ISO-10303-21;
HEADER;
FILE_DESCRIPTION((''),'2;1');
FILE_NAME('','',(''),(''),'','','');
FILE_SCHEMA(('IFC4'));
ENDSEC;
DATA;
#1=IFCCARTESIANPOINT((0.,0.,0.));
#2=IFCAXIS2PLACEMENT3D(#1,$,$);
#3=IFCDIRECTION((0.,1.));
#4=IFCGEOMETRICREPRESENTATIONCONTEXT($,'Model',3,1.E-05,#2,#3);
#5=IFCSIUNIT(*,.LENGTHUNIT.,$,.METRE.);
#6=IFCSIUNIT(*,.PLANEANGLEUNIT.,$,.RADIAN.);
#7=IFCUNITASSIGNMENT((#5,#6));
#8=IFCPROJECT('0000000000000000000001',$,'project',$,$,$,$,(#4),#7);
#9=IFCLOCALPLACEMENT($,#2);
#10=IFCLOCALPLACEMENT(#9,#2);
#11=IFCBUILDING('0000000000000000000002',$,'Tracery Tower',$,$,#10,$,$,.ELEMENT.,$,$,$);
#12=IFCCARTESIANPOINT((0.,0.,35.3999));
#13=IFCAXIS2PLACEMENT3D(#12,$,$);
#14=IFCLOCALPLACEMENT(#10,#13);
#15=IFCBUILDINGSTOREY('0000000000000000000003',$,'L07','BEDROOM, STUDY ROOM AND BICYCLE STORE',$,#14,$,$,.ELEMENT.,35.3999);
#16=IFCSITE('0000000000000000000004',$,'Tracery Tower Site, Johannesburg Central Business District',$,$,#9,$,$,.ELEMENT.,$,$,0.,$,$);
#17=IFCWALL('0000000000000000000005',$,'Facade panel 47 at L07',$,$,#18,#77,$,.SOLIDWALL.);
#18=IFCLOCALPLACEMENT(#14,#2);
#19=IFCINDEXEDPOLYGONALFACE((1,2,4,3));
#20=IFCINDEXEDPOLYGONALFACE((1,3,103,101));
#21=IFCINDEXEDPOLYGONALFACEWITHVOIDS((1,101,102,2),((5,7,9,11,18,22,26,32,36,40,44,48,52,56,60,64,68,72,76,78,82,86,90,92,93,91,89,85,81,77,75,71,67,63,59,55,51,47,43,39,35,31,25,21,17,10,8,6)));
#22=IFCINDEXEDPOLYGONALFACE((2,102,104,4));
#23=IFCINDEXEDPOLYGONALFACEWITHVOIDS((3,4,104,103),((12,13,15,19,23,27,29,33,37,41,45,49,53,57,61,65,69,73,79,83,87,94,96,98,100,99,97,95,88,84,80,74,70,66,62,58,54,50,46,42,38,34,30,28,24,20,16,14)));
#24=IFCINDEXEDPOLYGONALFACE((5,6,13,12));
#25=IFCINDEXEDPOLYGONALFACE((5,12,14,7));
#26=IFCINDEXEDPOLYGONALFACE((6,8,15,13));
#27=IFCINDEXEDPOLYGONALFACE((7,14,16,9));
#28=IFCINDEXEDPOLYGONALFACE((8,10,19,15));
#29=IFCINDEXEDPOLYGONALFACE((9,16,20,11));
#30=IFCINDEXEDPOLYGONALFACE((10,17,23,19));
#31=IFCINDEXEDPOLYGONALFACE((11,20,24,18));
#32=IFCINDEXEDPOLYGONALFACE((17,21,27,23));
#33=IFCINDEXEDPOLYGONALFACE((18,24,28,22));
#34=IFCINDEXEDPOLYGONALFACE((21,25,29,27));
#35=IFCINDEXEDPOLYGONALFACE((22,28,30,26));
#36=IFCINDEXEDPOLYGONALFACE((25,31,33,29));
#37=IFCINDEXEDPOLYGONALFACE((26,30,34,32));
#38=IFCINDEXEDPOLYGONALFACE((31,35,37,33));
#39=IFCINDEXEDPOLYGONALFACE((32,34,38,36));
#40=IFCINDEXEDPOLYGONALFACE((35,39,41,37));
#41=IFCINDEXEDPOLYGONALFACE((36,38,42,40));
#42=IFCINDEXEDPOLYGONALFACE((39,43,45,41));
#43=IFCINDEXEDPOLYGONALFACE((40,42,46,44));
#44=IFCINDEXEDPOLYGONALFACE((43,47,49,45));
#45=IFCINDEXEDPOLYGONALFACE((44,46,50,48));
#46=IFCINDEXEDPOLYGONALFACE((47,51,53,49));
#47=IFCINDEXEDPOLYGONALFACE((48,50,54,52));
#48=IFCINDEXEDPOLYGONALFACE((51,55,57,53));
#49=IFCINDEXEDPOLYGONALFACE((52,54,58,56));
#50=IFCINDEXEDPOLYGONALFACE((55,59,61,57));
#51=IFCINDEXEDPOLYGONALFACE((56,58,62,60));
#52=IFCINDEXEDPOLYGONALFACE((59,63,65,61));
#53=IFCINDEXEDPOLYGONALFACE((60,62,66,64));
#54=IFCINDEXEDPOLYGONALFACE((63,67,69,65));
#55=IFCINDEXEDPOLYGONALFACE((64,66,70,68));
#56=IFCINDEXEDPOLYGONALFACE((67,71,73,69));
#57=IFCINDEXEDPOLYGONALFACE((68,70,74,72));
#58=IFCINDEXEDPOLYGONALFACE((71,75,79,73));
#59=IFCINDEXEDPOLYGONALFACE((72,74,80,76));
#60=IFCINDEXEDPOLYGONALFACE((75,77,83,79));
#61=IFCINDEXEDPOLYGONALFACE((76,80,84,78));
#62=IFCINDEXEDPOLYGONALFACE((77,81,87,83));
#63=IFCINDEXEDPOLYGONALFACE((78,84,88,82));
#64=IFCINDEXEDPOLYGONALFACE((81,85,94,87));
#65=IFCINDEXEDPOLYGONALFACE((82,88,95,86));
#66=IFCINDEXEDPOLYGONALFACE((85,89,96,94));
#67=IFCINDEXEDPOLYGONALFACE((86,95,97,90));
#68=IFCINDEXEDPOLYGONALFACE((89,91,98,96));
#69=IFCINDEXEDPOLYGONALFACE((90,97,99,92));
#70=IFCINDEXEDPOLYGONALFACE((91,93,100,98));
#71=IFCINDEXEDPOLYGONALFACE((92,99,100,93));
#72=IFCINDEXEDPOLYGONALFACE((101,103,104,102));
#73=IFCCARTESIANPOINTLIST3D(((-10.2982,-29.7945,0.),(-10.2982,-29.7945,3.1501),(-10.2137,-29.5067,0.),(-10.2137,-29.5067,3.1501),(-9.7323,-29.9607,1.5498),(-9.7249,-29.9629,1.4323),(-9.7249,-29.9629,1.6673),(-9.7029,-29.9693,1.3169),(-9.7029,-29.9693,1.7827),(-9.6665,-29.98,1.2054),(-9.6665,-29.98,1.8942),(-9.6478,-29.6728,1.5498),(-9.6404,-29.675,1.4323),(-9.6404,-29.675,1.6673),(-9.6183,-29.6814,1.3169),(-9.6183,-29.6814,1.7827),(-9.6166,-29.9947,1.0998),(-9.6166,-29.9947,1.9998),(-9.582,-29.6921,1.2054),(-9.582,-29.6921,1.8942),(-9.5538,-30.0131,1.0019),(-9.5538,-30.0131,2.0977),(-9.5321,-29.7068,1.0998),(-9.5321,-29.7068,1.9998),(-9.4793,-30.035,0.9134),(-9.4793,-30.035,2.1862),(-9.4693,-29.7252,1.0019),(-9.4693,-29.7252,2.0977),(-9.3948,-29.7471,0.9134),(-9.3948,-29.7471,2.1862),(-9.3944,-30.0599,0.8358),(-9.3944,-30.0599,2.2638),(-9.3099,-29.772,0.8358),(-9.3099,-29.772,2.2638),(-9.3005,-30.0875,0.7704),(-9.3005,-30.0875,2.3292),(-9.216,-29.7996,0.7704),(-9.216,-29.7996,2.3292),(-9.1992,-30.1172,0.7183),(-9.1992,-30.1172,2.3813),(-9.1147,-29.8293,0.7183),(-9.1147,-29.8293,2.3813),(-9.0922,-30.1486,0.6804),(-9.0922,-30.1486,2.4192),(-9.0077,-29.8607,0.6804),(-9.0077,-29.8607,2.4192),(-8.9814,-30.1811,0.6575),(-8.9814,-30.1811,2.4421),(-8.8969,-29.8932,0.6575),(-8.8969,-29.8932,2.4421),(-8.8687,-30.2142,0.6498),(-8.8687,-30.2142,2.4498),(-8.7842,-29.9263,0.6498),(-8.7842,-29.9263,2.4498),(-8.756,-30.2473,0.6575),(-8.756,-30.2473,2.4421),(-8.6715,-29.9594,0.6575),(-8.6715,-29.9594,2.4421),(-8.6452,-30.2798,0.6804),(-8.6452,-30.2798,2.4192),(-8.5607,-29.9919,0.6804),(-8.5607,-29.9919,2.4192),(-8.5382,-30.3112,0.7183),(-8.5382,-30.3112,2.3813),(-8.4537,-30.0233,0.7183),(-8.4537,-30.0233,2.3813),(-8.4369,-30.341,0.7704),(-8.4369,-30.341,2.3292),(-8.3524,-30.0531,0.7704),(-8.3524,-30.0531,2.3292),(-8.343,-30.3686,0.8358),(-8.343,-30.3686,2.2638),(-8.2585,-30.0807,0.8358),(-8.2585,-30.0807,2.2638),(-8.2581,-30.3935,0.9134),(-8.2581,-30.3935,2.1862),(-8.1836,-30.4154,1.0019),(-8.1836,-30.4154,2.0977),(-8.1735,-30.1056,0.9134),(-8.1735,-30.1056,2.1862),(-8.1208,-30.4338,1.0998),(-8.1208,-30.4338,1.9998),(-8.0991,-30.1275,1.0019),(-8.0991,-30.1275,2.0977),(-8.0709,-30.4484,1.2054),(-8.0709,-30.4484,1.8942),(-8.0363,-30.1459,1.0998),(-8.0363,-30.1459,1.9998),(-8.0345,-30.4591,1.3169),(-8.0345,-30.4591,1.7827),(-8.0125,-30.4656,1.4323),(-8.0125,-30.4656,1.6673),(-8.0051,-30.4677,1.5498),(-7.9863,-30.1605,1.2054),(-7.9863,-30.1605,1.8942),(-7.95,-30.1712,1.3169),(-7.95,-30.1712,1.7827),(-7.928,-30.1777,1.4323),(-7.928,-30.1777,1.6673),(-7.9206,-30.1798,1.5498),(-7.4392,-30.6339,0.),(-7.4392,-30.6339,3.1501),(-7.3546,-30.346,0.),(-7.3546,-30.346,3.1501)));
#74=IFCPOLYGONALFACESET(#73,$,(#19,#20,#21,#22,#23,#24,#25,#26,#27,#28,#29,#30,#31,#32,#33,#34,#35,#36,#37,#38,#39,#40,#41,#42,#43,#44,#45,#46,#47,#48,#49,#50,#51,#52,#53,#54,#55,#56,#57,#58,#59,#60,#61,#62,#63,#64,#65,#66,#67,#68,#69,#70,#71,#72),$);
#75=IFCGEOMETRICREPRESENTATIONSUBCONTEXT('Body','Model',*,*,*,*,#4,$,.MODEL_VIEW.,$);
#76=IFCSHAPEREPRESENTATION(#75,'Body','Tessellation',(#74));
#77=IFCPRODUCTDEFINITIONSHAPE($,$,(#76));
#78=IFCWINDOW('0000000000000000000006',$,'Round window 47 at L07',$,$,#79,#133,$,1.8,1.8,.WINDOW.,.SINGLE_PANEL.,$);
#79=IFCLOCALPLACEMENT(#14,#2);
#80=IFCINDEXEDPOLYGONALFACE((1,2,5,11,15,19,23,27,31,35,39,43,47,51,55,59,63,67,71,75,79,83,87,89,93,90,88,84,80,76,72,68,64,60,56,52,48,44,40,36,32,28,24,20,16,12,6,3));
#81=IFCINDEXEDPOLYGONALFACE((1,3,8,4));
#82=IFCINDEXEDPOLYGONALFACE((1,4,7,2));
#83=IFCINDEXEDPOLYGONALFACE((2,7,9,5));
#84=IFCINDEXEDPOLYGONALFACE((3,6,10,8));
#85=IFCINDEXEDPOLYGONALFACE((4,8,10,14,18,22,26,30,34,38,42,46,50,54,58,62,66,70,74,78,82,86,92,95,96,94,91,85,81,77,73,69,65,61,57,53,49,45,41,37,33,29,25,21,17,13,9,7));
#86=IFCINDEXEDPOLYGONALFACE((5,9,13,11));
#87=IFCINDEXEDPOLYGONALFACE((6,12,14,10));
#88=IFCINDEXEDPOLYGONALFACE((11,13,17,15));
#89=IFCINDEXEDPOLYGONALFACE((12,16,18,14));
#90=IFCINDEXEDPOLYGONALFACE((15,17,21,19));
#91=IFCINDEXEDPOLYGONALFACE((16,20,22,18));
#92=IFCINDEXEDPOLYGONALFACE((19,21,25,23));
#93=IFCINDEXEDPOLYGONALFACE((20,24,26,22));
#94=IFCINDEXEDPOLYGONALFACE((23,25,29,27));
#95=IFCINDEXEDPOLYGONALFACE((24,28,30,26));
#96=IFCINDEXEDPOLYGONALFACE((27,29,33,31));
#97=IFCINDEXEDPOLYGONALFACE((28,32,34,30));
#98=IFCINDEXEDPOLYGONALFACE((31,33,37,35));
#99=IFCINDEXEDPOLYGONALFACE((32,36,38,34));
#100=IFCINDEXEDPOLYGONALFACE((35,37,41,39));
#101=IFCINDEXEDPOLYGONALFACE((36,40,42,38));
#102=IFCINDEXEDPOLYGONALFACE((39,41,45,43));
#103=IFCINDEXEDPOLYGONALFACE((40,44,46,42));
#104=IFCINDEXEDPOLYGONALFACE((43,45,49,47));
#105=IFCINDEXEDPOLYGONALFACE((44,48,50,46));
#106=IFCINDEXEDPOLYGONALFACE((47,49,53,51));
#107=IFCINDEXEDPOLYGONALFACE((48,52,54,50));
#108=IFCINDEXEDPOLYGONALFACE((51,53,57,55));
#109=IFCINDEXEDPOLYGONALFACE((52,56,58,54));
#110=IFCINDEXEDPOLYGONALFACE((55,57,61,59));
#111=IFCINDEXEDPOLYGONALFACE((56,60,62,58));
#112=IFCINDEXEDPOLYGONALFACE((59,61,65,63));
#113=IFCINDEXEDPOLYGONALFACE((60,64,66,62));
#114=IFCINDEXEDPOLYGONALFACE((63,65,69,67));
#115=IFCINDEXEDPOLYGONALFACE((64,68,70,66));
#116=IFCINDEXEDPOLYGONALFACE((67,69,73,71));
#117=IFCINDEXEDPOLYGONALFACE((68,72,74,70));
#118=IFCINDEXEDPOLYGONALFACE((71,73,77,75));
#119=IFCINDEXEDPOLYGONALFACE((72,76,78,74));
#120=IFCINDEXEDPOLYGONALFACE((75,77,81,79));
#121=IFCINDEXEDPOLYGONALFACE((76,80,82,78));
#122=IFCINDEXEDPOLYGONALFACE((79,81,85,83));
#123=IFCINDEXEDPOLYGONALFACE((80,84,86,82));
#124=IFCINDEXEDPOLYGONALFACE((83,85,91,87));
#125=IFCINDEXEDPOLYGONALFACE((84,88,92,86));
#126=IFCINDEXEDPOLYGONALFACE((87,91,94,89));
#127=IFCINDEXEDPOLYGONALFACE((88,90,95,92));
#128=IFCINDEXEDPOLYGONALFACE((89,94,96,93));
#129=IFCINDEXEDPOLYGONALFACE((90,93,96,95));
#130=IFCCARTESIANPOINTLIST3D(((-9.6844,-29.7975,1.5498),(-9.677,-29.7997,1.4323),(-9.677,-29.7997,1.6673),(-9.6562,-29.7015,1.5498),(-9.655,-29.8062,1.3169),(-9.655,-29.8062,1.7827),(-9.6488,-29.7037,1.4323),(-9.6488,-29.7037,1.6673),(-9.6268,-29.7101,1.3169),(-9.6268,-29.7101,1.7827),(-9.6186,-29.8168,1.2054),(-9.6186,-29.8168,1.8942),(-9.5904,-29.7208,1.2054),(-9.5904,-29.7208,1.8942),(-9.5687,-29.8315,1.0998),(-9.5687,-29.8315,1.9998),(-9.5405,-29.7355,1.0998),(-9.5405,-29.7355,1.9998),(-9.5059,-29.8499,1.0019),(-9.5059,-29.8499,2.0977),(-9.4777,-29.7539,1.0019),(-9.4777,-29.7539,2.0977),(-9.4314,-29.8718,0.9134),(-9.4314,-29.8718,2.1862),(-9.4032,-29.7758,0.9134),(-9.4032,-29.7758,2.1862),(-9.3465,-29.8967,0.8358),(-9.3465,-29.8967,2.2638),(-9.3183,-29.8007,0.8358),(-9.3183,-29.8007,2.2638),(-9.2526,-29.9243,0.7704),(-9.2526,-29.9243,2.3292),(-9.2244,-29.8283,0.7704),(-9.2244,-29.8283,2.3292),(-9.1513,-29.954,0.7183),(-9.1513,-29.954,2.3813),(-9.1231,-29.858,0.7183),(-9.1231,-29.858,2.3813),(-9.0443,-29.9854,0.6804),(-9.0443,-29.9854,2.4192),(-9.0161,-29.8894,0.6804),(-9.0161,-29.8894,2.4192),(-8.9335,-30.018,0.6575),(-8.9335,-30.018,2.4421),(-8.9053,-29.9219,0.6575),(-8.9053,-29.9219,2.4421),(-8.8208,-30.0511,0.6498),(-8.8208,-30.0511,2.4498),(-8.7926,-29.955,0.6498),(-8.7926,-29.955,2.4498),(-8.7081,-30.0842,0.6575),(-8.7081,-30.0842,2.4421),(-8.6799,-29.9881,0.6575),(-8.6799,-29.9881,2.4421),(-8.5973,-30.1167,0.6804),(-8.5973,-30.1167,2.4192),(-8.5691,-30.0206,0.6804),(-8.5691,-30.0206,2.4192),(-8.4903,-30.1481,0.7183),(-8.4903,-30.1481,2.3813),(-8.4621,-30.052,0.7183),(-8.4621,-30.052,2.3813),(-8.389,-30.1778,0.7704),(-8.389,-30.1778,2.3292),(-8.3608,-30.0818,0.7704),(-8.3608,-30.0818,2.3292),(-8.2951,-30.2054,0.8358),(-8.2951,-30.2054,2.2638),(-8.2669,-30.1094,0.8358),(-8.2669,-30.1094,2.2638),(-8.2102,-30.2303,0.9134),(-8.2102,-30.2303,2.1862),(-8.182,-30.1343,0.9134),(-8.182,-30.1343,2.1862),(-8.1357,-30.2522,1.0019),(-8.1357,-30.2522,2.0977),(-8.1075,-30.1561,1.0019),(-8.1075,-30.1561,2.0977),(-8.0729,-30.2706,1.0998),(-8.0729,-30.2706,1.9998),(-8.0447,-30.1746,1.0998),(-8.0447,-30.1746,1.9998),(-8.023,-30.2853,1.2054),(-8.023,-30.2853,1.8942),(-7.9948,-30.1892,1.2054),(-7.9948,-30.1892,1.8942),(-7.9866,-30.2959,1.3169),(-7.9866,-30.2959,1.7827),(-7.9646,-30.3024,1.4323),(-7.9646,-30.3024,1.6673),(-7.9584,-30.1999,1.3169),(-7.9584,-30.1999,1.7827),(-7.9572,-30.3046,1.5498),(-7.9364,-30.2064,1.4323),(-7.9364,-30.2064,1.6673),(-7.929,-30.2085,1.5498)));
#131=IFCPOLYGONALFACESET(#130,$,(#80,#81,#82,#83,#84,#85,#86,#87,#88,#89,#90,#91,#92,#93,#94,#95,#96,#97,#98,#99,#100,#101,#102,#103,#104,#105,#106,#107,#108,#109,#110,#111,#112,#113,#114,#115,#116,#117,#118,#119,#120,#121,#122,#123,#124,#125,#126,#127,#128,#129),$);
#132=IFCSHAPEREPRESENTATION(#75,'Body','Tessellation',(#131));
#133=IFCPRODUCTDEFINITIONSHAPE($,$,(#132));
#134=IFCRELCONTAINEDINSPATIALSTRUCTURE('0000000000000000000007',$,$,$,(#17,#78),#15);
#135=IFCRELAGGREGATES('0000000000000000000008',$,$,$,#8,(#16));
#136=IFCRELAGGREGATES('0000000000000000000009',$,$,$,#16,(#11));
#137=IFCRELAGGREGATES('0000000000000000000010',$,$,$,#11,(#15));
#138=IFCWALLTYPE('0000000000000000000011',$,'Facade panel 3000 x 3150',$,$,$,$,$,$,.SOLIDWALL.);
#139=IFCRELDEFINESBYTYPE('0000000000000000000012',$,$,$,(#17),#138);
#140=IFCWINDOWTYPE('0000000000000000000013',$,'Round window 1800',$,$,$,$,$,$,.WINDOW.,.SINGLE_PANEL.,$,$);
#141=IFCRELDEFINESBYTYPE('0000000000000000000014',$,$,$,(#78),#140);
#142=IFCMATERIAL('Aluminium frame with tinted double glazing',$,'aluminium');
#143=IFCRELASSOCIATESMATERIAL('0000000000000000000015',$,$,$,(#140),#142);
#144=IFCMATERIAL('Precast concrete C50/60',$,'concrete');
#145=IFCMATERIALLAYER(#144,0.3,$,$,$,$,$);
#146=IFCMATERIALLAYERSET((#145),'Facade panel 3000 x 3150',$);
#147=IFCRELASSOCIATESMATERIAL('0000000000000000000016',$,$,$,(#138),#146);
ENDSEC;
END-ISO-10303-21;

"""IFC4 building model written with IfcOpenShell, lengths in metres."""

from ifc_helpers import new_model, si_unit, direction, frame, frame_2d, origin, origin_2d, place, context, subcontext, project, spatial, rectangle, circle, extrude, material, layer, layer_set, type_object, element, fill, save


model = new_model("IFC4")

# Units and contexts
model_context = context("Model", 3, precision=1e-05, world=origin(), true_north=direction((0.0, 1.0)))
body_context = subcontext(model_context, "Body", "Model", "MODEL_VIEW")
ifc_project = project(units=[si_unit("LENGTHUNIT", "METRE"), si_unit("PLANEANGLEUNIT", "RADIAN")], contexts=[model_context])

# Site, building, storey
site_placement = place(None, origin())
site = spatial("IfcSite", under=ifc_project, at=site_placement, Name="Tracery Tower Site, Johannesburg Central Business District", CompositionType="ELEMENT", RefElevation=0.0)
building_placement = place(site_placement, origin())
building = spatial("IfcBuilding", under=site, at=building_placement, Name="Tracery Tower", CompositionType="ELEMENT")
storey_placement = place(building_placement, frame((0.0, 0.0, 35.3999)))
storey = spatial("IfcBuildingStorey", under=building, at=storey_placement, Name="L07", Description="BEDROOM, STUDY ROOM AND BICYCLE STORE", CompositionType="ELEMENT", Elevation=35.3999)

# Wall, opening, window
ifc_material_1 = material(Name="Aluminium frame with tinted double glazing", Category="aluminium")
window_type = type_object("IfcWindowType", Name="Round window 1800", PartitioningType="SINGLE_PANEL", PredefinedType="WINDOW", material=ifc_material_1)
ifc_material_2 = material(Name="Precast concrete C50/60", Category="concrete")
ifc_layer_1 = layer(ifc_material_2, 0.3)
ifc_layer_set_1 = layer_set([ifc_layer_1], Name="Facade panel 3000 x 3150")
wall_type_1 = type_object("IfcWallType", Name="Facade panel 3000 x 3150", PredefinedType="SOLIDWALL", material=ifc_layer_set_1)
wall_1_placement = place(storey_placement, frame((-10.2559, -29.6506, 0.0), z_axis=(0.0, 0.0, 1.0), x_axis=(0.959508, -0.281683, 0.0)))
wall_1 = element("IfcWall", 1, at=wall_1_placement, inside=storey, type_object=wall_type_1, Name="Facade panel 47 at L07", PredefinedType="SOLIDWALL", context=body_context, shape_type="SweptSolid", body=[
    extrude(rectangle(XDim=2.9797, YDim=0.3, at=frame_2d((1.4897, 0.0))), origin(), (0.0, 0.0, 1.0), 3.1501),
])
opening_1_placement = place(wall_1_placement, frame((1.4897, 0.0, 1.5498)))
opening_1 = element("IfcOpeningElement", 2, at=opening_1_placement, cuts=wall_1, PredefinedType="OPENING", context=body_context, shape_type="SweptSolid", body=[
    extrude(circle(Radius=0.9, at=origin_2d()), frame((0.0, 0.1599, 0.0), z_axis=(0.0, -1.0, 0.0), x_axis=(1.0, 0.0, 0.0)), (0.0, 0.0, 1.0), 0.3201),
])
window_1_placement = place(opening_1_placement, origin())
window_1 = element("IfcWindow", 3, at=window_1_placement, inside=storey, type_object=window_type, Name="Round window 47 at L07", OverallHeight=1.8, OverallWidth=1.8, PartitioningType="SINGLE_PANEL", PredefinedType="WINDOW", context=body_context, shape_type="SweptSolid", body=[
    extrude(circle(Radius=0.9, at=origin_2d()), frame((0.0, 0.1201, 0.0), z_axis=(0.0, -1.0, 0.0), x_axis=(1.0, 0.0, 0.0)), (0.0, 0.0, 1.0), 0.1001),
])
fill(opening_1, window_1)

save(model, "model.ifc")
